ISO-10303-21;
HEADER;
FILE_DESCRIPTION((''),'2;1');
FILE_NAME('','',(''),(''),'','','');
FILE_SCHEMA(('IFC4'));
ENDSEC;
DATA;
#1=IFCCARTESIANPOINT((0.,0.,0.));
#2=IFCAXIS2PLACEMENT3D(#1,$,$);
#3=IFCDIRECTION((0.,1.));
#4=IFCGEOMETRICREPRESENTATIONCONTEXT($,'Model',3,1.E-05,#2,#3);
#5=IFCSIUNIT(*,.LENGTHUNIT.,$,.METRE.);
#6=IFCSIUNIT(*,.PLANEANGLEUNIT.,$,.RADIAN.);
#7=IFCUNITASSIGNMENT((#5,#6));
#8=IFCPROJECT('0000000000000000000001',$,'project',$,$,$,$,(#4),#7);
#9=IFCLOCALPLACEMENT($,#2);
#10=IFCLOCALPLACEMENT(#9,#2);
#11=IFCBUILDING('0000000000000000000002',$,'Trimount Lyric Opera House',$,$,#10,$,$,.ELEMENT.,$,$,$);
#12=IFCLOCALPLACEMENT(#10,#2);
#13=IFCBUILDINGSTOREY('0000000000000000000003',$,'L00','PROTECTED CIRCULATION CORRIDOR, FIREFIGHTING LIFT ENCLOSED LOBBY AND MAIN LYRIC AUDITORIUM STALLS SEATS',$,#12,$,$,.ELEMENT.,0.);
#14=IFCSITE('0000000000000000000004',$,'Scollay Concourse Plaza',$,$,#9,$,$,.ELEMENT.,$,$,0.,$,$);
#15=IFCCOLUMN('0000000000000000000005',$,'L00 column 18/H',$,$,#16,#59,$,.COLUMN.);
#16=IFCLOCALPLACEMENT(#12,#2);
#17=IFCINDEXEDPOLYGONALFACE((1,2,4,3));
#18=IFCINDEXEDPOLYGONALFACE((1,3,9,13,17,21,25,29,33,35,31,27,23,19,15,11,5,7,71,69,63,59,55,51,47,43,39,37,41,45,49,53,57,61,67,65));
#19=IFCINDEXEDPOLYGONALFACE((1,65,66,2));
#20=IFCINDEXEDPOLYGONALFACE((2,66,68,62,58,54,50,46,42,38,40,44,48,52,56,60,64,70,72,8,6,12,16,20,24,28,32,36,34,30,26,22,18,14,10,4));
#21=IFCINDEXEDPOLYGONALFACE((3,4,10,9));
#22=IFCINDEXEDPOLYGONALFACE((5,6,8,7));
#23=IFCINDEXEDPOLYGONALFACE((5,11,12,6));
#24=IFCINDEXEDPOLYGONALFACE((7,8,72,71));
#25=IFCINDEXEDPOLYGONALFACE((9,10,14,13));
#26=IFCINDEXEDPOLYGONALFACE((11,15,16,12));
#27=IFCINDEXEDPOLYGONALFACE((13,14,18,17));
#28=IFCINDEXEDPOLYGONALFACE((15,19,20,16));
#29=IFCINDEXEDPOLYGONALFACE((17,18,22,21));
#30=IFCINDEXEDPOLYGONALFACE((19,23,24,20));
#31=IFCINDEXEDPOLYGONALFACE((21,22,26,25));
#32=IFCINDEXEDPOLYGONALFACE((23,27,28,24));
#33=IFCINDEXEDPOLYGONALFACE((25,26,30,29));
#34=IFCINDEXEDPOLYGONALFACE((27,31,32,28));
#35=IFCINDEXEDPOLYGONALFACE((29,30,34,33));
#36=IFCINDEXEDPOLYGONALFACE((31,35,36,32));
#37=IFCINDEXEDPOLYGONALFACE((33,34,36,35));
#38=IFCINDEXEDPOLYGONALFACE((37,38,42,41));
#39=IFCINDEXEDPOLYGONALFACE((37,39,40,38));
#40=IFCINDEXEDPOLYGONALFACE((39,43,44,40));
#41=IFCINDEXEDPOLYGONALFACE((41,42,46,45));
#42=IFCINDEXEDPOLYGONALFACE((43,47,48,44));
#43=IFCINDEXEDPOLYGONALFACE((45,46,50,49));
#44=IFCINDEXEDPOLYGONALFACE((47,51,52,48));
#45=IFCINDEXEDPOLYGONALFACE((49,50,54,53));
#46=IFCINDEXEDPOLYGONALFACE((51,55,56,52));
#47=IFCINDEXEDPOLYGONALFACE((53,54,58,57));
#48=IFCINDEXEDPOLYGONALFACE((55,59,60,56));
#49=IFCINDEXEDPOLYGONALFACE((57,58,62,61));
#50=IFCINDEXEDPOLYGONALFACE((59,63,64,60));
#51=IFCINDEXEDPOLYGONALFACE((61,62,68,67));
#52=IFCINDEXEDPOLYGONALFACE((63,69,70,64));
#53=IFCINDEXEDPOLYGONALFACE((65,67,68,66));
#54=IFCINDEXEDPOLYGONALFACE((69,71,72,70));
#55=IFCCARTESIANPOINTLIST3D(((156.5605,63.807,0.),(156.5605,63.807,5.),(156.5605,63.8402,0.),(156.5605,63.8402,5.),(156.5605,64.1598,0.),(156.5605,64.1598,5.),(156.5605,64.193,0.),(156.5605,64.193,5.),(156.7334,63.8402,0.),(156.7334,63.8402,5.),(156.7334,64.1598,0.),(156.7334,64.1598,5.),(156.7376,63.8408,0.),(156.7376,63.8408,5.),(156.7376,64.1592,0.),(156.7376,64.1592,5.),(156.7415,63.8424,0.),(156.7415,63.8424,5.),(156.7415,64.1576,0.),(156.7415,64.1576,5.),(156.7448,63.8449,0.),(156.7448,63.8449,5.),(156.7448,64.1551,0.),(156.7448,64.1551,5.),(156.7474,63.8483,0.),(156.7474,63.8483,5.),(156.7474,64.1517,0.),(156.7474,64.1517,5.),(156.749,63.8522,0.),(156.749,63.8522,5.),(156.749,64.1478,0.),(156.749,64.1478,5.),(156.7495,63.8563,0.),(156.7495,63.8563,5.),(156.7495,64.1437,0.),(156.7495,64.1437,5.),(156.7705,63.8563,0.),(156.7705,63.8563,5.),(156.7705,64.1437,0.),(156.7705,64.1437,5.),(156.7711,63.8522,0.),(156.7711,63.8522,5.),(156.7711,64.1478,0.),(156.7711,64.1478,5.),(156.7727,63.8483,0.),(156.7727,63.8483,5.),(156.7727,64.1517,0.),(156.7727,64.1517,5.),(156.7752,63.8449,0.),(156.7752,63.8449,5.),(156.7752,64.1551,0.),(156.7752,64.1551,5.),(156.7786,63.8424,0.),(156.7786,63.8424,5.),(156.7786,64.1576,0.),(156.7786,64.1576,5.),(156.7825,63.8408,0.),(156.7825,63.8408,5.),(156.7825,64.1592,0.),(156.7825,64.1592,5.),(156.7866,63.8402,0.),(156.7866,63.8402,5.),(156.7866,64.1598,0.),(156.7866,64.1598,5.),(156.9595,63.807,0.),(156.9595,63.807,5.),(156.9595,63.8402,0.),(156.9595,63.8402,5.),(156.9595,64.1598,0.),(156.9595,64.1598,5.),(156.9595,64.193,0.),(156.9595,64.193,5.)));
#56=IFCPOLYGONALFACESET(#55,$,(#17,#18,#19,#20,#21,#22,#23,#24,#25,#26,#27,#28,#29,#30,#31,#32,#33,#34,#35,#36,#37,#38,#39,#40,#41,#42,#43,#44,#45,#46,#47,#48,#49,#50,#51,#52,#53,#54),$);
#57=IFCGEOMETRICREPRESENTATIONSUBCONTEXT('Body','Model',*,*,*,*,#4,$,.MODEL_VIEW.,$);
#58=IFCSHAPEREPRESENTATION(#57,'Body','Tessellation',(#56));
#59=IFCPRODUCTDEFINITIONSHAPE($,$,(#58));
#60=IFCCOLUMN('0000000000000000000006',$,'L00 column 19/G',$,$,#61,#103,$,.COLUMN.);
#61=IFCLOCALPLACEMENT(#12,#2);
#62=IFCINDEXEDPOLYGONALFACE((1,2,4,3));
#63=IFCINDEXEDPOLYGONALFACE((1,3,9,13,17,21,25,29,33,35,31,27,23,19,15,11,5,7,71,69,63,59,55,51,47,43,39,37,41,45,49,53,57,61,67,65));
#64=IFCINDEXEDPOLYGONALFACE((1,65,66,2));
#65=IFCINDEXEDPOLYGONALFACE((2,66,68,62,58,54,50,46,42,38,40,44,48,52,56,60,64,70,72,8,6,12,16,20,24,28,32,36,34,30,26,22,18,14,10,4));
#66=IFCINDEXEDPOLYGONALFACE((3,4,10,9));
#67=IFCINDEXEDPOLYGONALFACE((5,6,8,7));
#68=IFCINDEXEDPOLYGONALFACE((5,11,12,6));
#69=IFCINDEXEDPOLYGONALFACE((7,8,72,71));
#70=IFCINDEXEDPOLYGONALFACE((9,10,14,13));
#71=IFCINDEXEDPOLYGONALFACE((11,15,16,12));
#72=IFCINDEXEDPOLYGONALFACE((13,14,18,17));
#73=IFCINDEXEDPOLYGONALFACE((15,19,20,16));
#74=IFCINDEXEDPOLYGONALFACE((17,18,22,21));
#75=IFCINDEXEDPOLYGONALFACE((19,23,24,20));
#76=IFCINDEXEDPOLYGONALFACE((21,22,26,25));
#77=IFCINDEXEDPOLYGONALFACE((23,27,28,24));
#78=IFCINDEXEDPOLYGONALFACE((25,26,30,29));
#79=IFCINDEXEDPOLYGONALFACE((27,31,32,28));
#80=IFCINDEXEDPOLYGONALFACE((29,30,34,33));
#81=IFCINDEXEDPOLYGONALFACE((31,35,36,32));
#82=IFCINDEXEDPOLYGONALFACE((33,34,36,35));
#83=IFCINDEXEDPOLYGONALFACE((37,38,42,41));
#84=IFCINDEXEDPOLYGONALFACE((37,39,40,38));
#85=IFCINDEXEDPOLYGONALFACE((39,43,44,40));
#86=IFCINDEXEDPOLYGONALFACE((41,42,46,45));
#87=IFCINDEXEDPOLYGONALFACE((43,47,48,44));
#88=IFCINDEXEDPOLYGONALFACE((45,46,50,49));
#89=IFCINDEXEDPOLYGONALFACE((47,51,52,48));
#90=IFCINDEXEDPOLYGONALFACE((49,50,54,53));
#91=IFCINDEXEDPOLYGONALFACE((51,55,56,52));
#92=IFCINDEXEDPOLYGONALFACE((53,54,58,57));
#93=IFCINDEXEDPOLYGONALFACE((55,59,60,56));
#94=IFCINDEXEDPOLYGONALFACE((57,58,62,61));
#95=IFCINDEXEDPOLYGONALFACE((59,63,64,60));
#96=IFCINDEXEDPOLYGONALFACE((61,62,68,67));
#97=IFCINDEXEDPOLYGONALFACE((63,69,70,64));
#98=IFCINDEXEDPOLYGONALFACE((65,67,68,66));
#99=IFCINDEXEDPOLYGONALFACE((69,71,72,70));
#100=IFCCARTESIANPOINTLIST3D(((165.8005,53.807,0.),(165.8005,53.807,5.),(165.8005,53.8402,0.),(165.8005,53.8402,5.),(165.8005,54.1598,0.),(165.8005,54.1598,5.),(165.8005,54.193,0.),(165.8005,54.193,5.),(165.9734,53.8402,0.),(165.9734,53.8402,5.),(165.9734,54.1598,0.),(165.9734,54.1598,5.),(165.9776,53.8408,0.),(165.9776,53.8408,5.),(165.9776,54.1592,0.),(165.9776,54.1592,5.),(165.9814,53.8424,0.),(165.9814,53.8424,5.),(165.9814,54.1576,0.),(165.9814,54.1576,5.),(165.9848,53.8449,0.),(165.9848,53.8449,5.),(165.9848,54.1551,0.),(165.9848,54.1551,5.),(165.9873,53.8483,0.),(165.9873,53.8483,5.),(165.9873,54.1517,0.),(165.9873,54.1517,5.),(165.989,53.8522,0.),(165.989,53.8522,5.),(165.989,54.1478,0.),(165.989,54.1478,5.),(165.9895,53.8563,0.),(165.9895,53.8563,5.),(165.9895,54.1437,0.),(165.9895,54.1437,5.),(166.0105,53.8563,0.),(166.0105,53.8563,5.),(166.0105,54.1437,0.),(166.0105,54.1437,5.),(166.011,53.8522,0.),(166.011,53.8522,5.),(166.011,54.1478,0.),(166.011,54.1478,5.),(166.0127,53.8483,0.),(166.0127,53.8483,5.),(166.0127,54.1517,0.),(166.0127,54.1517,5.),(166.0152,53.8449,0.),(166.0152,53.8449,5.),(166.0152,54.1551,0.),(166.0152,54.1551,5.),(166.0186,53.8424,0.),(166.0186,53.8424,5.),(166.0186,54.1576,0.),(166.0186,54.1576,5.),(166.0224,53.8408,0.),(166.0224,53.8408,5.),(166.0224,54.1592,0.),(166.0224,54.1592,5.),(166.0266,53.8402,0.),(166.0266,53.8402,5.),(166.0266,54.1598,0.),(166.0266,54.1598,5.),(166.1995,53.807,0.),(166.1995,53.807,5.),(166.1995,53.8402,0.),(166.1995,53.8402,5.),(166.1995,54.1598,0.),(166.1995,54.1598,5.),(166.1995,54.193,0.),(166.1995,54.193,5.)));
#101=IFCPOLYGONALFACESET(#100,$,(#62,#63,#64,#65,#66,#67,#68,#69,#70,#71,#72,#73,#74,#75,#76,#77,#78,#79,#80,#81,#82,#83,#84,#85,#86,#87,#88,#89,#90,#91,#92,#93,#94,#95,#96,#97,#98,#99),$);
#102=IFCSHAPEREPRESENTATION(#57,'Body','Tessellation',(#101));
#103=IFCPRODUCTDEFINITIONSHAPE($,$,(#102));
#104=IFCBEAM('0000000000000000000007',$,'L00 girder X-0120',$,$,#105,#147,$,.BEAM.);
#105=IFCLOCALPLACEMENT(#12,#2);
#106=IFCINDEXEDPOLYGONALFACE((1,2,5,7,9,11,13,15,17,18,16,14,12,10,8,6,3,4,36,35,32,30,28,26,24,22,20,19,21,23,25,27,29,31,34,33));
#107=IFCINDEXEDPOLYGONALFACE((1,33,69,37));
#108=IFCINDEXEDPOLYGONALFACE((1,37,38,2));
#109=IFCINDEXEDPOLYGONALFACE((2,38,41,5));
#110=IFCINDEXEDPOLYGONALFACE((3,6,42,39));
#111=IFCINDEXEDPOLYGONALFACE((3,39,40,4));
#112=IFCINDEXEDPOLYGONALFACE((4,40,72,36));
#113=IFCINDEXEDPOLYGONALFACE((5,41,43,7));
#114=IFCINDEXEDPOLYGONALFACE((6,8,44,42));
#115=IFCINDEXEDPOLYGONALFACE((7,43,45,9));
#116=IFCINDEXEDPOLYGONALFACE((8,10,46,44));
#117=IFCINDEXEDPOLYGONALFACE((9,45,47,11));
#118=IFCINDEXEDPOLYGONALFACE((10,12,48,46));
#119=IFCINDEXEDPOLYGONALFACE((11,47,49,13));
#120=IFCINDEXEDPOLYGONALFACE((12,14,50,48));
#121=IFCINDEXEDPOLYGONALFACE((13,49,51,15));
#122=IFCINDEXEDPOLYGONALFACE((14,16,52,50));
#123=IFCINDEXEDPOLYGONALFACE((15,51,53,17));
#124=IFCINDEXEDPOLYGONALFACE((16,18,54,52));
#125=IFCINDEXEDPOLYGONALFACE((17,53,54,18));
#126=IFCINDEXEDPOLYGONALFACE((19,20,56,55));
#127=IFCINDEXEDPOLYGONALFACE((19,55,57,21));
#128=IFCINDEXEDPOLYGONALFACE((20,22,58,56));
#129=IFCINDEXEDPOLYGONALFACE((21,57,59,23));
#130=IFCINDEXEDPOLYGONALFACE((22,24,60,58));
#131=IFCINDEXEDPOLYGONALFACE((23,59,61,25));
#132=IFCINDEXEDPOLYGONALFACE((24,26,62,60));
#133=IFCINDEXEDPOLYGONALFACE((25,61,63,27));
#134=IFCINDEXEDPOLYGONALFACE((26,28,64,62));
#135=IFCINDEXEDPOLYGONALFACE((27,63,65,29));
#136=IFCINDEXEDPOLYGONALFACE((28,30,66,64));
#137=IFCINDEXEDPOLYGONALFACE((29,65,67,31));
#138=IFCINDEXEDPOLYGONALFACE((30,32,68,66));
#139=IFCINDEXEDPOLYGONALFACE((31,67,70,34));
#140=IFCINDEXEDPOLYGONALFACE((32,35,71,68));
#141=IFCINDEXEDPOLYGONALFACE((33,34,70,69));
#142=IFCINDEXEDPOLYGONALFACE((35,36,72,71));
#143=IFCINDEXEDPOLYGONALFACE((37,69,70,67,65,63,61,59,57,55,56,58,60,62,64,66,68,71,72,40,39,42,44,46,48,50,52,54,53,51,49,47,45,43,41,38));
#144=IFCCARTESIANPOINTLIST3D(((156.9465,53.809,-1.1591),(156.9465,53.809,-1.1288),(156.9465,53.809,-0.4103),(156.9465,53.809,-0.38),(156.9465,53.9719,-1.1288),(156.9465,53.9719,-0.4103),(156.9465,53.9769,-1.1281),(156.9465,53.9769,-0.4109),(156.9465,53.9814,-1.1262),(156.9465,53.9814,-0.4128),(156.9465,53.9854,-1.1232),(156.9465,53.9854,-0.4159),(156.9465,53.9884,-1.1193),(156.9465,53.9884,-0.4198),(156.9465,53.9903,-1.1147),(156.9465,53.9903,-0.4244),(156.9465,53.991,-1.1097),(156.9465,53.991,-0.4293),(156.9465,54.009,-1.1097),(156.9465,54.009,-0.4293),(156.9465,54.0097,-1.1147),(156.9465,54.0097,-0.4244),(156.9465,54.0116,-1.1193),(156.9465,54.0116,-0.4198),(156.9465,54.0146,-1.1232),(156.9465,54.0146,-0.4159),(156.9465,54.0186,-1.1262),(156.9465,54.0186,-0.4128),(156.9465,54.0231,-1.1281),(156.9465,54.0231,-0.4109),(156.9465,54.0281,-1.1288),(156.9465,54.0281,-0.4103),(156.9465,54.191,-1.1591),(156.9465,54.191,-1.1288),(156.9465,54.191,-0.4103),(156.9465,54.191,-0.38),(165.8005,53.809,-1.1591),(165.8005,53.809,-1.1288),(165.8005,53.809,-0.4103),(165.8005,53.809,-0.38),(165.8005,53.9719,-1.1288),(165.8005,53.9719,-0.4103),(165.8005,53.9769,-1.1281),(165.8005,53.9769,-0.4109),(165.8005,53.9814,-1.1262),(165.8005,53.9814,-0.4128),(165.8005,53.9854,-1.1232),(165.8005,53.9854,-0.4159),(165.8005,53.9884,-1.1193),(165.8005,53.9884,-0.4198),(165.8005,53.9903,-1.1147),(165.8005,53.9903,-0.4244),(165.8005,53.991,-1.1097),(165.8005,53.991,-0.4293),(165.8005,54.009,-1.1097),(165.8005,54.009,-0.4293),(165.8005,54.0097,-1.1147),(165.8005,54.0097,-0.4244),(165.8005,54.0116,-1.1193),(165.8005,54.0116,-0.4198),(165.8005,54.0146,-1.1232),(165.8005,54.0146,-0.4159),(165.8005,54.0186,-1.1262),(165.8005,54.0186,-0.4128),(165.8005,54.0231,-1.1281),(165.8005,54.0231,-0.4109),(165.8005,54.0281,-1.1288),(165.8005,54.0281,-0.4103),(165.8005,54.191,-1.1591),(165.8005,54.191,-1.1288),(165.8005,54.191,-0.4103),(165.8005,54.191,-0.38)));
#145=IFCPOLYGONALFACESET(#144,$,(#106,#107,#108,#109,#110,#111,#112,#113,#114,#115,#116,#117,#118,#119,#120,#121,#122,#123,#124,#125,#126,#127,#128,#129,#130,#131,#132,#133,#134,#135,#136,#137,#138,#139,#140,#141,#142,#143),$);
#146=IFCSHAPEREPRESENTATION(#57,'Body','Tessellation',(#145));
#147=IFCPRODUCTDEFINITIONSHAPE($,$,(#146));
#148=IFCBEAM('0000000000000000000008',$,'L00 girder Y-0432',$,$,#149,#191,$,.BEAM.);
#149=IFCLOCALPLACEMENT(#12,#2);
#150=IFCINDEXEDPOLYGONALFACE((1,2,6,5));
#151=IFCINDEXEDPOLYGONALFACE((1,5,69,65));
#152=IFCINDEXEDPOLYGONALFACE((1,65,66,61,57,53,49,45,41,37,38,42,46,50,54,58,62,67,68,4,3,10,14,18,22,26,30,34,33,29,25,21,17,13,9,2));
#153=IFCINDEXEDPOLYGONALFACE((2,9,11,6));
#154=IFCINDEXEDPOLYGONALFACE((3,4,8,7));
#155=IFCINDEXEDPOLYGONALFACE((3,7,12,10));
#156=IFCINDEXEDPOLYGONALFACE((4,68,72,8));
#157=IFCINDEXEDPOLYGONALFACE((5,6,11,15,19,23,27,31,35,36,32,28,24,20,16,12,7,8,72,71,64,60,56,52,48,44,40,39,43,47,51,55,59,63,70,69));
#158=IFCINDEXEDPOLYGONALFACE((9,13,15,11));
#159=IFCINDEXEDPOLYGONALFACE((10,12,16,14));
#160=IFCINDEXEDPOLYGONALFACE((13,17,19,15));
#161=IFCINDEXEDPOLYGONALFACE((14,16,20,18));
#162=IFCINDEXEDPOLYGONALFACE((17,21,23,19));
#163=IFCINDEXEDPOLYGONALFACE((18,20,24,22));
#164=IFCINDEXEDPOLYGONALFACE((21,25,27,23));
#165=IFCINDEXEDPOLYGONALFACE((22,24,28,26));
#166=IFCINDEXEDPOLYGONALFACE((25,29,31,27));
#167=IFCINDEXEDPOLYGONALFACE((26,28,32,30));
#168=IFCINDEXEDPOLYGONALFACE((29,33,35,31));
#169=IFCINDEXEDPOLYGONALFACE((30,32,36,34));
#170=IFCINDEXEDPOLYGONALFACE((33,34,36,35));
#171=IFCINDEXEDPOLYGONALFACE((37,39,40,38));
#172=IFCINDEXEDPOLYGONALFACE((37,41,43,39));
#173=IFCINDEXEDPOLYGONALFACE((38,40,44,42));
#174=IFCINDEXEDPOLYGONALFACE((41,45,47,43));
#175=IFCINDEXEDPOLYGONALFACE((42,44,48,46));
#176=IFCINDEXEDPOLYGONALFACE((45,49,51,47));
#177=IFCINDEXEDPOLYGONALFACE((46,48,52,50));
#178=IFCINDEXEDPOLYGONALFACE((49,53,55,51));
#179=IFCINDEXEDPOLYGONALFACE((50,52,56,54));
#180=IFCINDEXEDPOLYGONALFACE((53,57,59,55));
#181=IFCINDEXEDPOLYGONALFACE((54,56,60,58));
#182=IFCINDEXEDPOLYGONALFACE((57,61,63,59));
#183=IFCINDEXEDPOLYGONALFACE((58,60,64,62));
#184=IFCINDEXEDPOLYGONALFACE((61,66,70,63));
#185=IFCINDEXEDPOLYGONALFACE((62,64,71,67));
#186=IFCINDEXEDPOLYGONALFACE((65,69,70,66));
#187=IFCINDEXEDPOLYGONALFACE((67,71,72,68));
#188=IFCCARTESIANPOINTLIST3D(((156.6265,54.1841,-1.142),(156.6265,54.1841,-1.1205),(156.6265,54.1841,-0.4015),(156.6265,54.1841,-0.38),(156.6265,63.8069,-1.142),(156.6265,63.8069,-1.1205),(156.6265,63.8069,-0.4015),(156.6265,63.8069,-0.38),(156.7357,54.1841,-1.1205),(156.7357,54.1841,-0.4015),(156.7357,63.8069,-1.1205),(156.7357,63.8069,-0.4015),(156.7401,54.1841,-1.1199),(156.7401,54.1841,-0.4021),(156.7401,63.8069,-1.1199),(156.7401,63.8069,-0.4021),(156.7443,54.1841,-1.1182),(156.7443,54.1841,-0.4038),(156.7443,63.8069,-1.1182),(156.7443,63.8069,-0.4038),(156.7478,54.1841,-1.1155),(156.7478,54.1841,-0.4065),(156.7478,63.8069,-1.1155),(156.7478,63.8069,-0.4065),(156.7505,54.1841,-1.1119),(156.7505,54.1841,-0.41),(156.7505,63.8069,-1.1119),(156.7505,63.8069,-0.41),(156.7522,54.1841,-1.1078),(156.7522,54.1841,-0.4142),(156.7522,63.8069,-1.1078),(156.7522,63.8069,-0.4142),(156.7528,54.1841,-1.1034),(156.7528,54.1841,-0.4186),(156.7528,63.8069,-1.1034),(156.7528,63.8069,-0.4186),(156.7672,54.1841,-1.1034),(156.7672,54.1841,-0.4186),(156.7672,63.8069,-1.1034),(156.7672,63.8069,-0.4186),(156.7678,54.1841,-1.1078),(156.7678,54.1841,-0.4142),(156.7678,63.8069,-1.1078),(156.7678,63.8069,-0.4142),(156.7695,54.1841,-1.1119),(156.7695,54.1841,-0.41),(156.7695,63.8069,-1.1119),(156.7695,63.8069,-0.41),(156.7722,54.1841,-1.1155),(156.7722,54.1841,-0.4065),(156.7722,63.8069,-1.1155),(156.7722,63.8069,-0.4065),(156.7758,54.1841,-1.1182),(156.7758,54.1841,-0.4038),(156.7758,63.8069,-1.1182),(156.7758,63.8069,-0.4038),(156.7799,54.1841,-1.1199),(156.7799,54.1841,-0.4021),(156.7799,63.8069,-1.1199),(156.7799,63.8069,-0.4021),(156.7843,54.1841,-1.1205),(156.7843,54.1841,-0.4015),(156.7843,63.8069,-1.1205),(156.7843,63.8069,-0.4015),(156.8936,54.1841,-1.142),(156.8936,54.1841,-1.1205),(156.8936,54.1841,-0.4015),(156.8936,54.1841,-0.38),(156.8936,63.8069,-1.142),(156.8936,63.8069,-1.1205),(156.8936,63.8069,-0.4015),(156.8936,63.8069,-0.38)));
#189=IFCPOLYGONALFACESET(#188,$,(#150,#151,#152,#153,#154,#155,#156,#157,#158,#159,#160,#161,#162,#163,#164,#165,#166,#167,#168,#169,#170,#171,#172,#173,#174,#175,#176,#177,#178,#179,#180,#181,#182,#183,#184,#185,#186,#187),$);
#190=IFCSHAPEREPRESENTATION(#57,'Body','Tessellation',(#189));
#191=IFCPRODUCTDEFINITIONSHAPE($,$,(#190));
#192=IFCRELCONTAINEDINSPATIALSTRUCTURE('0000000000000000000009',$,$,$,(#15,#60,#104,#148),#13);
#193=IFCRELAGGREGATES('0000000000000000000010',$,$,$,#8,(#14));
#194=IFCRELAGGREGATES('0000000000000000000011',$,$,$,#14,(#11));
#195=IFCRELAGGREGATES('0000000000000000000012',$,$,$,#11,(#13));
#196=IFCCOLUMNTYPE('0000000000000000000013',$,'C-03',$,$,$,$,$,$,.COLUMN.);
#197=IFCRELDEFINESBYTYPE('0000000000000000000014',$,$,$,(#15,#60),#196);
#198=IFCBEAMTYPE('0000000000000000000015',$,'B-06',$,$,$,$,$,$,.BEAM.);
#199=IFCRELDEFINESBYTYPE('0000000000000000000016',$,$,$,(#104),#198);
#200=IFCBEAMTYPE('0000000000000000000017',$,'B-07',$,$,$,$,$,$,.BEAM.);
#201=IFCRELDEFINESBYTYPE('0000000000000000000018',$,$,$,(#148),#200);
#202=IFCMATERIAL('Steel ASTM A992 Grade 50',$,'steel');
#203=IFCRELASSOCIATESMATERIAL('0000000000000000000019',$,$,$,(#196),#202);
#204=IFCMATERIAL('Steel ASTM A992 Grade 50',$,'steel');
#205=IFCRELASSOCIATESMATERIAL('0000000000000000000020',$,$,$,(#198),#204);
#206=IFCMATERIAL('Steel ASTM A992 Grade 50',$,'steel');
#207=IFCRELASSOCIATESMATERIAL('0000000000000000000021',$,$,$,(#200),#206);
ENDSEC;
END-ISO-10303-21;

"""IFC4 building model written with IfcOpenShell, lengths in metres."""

from ifc_helpers import new_model, si_unit, direction, frame, origin, origin_2d, place, context, subcontext, project, spatial, i_section, extrude, material, material_profile, profile_set, type_object, element, save


model = new_model("IFC4")

# Units and contexts
model_context = context("Model", 3, precision=1e-05, world=origin(), true_north=direction((0.0, 1.0)))
body_context = subcontext(model_context, "Body", "Model", "MODEL_VIEW")
ifc_project = project(units=[si_unit("LENGTHUNIT", "METRE"), si_unit("PLANEANGLEUNIT", "RADIAN")], contexts=[model_context])

# Site, building, storey
site_placement = place(None, origin())
site = spatial("IfcSite", under=ifc_project, at=site_placement, Name="Scollay Concourse Plaza", CompositionType="ELEMENT", RefElevation=0.0)
building_placement = place(site_placement, origin())
building = spatial("IfcBuilding", under=site, at=building_placement, Name="Trimount Lyric Opera House", CompositionType="ELEMENT")
storey_placement = place(building_placement, origin())
storey = spatial("IfcBuildingStorey", under=building, at=storey_placement, Name="L00", Description="PROTECTED CIRCULATION CORRIDOR, FIREFIGHTING LIFT ENCLOSED LOBBY AND MAIN LYRIC AUDITORIUM STALLS SEATS", CompositionType="ELEMENT", Elevation=0.0)

# Columns
ifc_material_1 = material(Name="Steel ASTM A992 Grade 50", Category="steel")
ifc_material_profile_1 = material_profile(ifc_material_1, i_section(OverallWidth=0.3989, OverallDepth=0.386, WebThickness=0.021, FlangeThickness=0.0332, FilletRadius=0.0161, at=origin_2d()), Name="W14X176")
ifc_profile_set_1 = profile_set([ifc_material_profile_1], Name="Steel ASTM A992 Grade 50")
column_type = type_object("IfcColumnType", Name="C-03", PredefinedType="COLUMN", material=ifc_profile_set_1)
for number, where, z_axis, x_axis, name in (
    (1, (156.76, 64.0, 0.0), (0.0, 0.0, 1.0), (1.0, 0.0, 0.0), "L00 column 18/H"),
    (2, (166.0, 54.0, 0.0), (0.0, 0.0, 1.0), (1.0, 0.0, 0.0), "L00 column 19/G"),
):
    element("IfcColumn", number, at=place(storey_placement, frame(where, z_axis=z_axis, x_axis=x_axis)), inside=storey, type_object=column_type, Name=name, PredefinedType="COLUMN", context=body_context, shape_type="SweptSolid", body=[
        extrude(i_section(OverallWidth=0.3989, OverallDepth=0.386, WebThickness=0.021, FlangeThickness=0.0332, FilletRadius=0.0161, at=origin_2d()), origin(), (0.0, 0.0, 1.0), 5.0),
    ])

# Beams
ifc_material_2 = material(Name="Steel ASTM A992 Grade 50", Category="steel")
ifc_material_profile_2 = material_profile(ifc_material_2, i_section(OverallWidth=0.3821, OverallDepth=0.7791, WebThickness=0.0181, FlangeThickness=0.0303, FilletRadius=0.019, at=origin_2d()), Name="W30X191")
ifc_profile_set_2 = profile_set([ifc_material_profile_2], Name="Steel ASTM A992 Grade 50")
beam_type_1 = type_object("IfcBeamType", Name="B-06", PredefinedType="BEAM", material=ifc_profile_set_2)
beam_1_placement = place(storey_placement, frame((156.9465, 54.0, -0.7695), z_axis=(1.0, 0.0, 0.0), x_axis=(0.0, 1.0, 0.0)))
element("IfcBeam", 3, at=beam_1_placement, inside=storey, type_object=beam_type_1, Name="L00 girder X-0120", PredefinedType="BEAM", context=body_context, shape_type="SweptSolid", body=[
    extrude(i_section(OverallWidth=0.3821, OverallDepth=0.7791, WebThickness=0.0181, FlangeThickness=0.0303, FilletRadius=0.019, at=origin_2d()), origin(), (0.0, 0.0, 1.0), 8.854),
])
ifc_material_3 = material(Name="Steel ASTM A992 Grade 50", Category="steel")
ifc_material_profile_3 = material_profile(ifc_material_3, i_section(OverallWidth=0.2671, OverallDepth=0.762, WebThickness=0.0144, FlangeThickness=0.0215, FilletRadius=0.0171, at=origin_2d()), Name="W30X116")
ifc_profile_set_3 = profile_set([ifc_material_profile_3], Name="Steel ASTM A992 Grade 50")
beam_type_2 = type_object("IfcBeamType", Name="B-07", PredefinedType="BEAM", material=ifc_profile_set_3)
beam_2_placement = place(storey_placement, frame((156.76, 54.1841, -0.761), z_axis=(0.0, 1.0, 0.0), x_axis=(-1.0, 0.0, 0.0)))
element("IfcBeam", 4, at=beam_2_placement, inside=storey, type_object=beam_type_2, Name="L00 girder Y-0432", PredefinedType="BEAM", context=body_context, shape_type="SweptSolid", body=[
    extrude(i_section(OverallWidth=0.2671, OverallDepth=0.762, WebThickness=0.0144, FlangeThickness=0.0215, FilletRadius=0.0171, at=origin_2d()), origin(), (0.0, 0.0, 1.0), 9.6228),
])

save(model, "model.ifc")
